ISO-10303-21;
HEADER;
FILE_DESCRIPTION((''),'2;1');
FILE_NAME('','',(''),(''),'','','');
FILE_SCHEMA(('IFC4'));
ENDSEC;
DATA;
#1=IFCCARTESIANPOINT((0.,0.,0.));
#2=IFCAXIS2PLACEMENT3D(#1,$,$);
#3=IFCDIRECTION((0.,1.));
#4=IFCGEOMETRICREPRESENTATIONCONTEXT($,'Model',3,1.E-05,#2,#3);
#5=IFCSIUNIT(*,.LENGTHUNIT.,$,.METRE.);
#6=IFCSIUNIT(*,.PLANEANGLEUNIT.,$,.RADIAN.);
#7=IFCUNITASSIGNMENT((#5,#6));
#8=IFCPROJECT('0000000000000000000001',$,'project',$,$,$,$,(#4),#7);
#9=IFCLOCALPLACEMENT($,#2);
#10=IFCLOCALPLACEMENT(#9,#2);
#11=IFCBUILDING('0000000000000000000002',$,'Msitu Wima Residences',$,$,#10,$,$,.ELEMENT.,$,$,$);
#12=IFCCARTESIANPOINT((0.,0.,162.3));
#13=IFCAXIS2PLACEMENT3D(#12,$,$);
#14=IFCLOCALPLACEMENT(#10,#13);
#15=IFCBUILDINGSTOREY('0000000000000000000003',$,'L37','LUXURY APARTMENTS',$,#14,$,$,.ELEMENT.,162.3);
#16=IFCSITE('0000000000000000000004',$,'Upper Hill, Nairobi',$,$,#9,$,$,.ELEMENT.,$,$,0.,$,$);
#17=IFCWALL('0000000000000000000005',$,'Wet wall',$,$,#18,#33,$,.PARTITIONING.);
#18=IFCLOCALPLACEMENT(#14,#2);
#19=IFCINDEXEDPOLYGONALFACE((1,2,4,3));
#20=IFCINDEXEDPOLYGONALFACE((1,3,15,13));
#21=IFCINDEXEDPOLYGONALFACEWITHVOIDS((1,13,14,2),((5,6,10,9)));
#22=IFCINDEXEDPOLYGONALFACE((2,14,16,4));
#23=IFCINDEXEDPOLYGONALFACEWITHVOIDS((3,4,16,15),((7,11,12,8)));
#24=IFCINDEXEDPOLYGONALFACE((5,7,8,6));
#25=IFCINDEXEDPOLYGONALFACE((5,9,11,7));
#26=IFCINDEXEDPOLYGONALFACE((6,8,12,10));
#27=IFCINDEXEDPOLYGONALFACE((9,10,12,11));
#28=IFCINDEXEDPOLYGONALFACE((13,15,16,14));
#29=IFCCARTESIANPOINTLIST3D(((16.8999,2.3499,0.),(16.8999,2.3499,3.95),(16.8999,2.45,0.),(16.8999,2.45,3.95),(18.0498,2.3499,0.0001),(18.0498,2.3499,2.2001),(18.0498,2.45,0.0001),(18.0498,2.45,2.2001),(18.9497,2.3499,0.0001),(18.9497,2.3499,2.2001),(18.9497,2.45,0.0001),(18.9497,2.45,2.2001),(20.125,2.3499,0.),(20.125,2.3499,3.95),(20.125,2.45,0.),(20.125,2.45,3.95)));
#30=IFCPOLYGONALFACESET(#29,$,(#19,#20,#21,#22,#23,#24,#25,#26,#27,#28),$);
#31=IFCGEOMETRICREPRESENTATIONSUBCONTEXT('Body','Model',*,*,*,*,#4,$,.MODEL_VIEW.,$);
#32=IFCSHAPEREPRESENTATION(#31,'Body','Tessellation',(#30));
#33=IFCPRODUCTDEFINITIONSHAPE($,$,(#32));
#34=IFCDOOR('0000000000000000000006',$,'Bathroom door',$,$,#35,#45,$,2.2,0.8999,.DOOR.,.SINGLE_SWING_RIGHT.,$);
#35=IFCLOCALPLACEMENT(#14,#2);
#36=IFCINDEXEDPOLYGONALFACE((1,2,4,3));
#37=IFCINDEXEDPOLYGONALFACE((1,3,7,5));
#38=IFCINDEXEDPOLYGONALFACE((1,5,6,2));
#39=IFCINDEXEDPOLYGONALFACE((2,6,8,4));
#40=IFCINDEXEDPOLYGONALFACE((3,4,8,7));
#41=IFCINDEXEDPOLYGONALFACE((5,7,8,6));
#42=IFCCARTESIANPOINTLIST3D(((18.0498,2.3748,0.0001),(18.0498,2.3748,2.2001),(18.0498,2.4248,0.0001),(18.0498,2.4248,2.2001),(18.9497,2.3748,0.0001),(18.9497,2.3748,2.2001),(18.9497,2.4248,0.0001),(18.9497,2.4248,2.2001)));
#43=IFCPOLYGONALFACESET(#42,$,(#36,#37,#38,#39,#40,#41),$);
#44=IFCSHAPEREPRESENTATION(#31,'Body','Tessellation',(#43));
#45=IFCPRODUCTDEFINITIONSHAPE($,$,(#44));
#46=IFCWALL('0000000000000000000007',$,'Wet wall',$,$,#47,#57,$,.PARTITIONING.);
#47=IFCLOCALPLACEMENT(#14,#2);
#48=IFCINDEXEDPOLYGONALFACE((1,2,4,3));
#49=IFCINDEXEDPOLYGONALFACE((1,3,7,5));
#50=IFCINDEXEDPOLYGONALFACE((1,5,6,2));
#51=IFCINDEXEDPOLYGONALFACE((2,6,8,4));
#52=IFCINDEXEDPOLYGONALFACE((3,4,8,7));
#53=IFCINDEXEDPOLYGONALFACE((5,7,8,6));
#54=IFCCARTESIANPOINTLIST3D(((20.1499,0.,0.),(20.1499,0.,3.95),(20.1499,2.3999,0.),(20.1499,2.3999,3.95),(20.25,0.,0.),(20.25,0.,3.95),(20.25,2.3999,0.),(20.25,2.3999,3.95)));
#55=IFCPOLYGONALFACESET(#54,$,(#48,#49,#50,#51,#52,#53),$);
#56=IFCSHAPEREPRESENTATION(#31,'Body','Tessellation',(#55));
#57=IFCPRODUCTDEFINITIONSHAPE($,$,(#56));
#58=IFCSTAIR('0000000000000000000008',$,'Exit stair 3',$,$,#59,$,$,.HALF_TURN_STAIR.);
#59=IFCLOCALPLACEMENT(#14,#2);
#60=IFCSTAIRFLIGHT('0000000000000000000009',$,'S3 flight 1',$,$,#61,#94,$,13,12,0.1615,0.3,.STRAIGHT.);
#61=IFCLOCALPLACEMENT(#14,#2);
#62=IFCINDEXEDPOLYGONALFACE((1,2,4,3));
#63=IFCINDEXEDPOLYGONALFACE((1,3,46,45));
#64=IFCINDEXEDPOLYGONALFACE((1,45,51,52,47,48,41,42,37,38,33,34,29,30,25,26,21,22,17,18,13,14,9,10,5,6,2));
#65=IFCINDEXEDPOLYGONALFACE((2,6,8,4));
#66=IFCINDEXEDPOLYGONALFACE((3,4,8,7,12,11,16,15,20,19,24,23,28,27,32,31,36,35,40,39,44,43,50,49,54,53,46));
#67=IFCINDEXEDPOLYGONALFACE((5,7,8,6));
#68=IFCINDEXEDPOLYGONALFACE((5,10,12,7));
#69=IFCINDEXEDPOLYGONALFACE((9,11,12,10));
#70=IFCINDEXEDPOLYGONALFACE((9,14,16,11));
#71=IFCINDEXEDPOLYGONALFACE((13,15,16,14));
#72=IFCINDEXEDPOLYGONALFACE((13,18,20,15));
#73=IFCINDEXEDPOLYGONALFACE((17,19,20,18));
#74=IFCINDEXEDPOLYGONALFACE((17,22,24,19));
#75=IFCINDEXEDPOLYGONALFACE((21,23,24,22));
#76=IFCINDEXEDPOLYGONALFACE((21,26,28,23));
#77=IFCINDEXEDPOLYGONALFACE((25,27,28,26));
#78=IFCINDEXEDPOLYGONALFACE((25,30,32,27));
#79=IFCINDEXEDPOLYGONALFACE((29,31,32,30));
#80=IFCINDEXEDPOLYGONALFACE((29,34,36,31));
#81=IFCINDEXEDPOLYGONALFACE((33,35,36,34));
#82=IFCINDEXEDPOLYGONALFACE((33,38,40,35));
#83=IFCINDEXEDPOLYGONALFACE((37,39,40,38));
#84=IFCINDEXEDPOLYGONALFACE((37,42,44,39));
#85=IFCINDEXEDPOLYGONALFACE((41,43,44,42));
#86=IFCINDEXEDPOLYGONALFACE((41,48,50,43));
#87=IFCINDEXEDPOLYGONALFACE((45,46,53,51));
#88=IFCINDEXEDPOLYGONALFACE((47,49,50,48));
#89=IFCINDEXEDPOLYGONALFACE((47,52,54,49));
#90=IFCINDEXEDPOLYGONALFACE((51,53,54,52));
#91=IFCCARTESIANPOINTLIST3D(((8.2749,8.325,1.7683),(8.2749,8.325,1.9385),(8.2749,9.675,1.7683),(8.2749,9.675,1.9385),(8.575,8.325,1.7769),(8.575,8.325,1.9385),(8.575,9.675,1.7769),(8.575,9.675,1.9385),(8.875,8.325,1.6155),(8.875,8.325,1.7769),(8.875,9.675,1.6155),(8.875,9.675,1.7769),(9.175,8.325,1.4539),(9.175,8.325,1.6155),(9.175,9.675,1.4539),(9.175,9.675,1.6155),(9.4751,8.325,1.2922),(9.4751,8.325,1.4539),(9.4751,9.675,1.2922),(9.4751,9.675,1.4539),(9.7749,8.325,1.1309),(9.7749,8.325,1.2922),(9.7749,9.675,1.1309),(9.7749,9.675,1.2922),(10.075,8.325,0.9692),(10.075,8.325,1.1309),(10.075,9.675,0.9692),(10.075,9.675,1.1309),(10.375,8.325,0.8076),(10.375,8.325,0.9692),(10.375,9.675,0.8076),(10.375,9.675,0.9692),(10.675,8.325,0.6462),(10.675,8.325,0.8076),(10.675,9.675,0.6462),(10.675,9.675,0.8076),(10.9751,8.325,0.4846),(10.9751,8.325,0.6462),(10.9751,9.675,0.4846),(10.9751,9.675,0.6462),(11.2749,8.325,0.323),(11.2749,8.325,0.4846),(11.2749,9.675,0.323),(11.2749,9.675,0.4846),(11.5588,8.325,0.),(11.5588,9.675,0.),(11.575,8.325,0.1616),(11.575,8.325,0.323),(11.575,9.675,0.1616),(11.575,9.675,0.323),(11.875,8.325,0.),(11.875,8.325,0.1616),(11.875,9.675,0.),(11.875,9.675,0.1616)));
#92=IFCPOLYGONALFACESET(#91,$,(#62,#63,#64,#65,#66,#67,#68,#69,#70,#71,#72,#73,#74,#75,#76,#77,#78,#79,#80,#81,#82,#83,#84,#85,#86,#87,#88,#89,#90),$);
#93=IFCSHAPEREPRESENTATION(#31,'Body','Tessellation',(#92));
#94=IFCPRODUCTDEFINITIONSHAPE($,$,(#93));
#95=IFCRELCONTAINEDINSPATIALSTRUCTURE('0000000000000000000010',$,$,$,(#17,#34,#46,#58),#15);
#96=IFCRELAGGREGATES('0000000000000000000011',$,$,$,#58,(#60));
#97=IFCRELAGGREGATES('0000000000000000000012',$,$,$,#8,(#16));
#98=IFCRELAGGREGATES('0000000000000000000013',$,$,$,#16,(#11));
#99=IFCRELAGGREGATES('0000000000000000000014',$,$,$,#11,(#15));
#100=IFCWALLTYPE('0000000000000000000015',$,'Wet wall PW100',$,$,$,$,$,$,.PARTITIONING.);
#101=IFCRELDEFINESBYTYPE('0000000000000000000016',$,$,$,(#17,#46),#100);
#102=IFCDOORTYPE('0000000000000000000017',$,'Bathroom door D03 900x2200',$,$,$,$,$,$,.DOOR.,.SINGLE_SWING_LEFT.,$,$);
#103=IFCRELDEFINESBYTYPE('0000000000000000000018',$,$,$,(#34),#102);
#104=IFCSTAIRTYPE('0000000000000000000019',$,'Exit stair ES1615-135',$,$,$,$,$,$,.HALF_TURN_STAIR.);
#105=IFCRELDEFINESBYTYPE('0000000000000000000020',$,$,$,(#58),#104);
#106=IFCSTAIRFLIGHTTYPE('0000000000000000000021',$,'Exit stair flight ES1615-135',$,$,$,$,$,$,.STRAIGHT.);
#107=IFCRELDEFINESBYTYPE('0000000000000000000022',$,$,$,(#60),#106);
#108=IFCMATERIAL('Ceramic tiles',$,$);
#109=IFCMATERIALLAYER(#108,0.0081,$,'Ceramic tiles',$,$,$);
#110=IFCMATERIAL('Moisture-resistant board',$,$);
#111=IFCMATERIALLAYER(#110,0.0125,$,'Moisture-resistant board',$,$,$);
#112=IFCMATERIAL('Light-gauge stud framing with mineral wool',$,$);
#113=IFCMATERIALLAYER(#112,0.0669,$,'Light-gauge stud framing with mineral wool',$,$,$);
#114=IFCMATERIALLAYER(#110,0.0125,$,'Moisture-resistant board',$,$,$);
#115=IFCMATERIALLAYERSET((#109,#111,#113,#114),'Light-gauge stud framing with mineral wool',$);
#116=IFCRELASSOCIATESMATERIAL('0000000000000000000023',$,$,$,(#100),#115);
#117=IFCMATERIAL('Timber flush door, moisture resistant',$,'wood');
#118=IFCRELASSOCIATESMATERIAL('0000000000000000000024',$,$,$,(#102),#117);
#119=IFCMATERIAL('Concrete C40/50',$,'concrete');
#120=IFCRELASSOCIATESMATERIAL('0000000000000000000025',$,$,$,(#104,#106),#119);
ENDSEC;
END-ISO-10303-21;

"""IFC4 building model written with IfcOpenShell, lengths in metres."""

from ifc_helpers import new_model, si_unit, direction, frame, frame_2d, origin, place, context, subcontext, project, spatial, polyline, rectangle, outline, extrude, material, layer, layer_set, type_object, element, fill, aggregate, save


model = new_model("IFC4")

# Units and contexts
model_context = context("Model", 3, precision=1e-05, world=origin(), true_north=direction((0.0, 1.0)))
body_context = subcontext(model_context, "Body", "Model", "MODEL_VIEW")
ifc_project = project(units=[si_unit("LENGTHUNIT", "METRE"), si_unit("PLANEANGLEUNIT", "RADIAN")], contexts=[model_context])

# Site, building, storey
site_placement = place(None, origin())
site = spatial("IfcSite", under=ifc_project, at=site_placement, Name="Upper Hill, Nairobi", CompositionType="ELEMENT", RefElevation=0.0)
building_placement = place(site_placement, origin())
building = spatial("IfcBuilding", under=site, at=building_placement, Name="Msitu Wima Residences", CompositionType="ELEMENT")
storey_placement = place(building_placement, frame((0.0, 0.0, 162.3)))
storey = spatial("IfcBuildingStorey", under=building, at=storey_placement, Name="L37", Description="LUXURY APARTMENTS", CompositionType="ELEMENT", Elevation=162.3)

# Shared definitions
ifc_material_1 = material(Name="Concrete C40/50", Category="concrete")

# Wall, opening, door
ifc_material_2 = material(Name="Ceramic tiles")
ifc_layer_1 = layer(ifc_material_2, 0.0081, Name="Ceramic tiles")
ifc_material_3 = material(Name="Moisture-resistant board")
ifc_layer_2 = layer(ifc_material_3, 0.0125, Name="Moisture-resistant board")
ifc_material_4 = material(Name="Light-gauge stud framing with mineral wool")
ifc_layer_3 = layer(ifc_material_4, 0.0669, Name="Light-gauge stud framing with mineral wool")
ifc_layer_4 = layer(ifc_material_3, 0.0125, Name="Moisture-resistant board")
ifc_layer_set_1 = layer_set([ifc_layer_1, ifc_layer_2, ifc_layer_3, ifc_layer_4], Name="Light-gauge stud framing with mineral wool")
wall_type_1 = type_object("IfcWallType", Name="Wet wall PW100", PredefinedType="PARTITIONING", material=ifc_layer_set_1)
wall_1_placement = place(storey_placement, frame((16.8999, 2.3999, 0.0), z_axis=(0.0, 0.0, 1.0), x_axis=(1.0, 0.0, 0.0)))
wall_1 = element("IfcWall", 1, at=wall_1_placement, inside=storey, type_object=wall_type_1, Name="Wet wall", PredefinedType="PARTITIONING", context=body_context, shape_type="SweptSolid", body=[
    extrude(rectangle(XDim=3.2251, YDim=0.1001, at=frame_2d((1.6125, 0.0))), origin(), (0.0, 0.0, 1.0), 3.95),
])
opening_1_placement = place(wall_1_placement, frame((1.1499, 0.0, 0.0)))
opening_1 = element("IfcOpeningElement", 2, at=opening_1_placement, cuts=wall_1, PredefinedType="OPENING", context=body_context, shape_type="SweptSolid", body=[
    extrude(rectangle(XDim=0.8999, YDim=2.2, at=frame_2d((0.45, 1.1001))), frame((0.0, 0.0601, 0.0), z_axis=(0.0, -1.0, 0.0), x_axis=(1.0, 0.0, 0.0)), (0.0, 0.0, 1.0), 0.1201),
])
ifc_material_5 = material(Name="Timber flush door, moisture resistant", Category="wood")
door_type_1 = type_object("IfcDoorType", Name="Bathroom door D03 900x2200", OperationType="SINGLE_SWING_LEFT", PredefinedType="DOOR", material=ifc_material_5)
door_1_placement = place(opening_1_placement, origin())
door_1 = element("IfcDoor", 3, at=door_1_placement, inside=storey, type_object=door_type_1, Name="Bathroom door", OperationType="SINGLE_SWING_RIGHT", OverallHeight=2.2, OverallWidth=0.8999, PredefinedType="DOOR", context=body_context, shape_type="SweptSolid", body=[
    extrude(rectangle(XDim=0.8999, YDim=2.2, at=frame_2d((0.45, 1.1001))), frame((0.0, 0.0249, 0.0), z_axis=(0.0, -1.0, 0.0), x_axis=(1.0, 0.0, 0.0)), (0.0, 0.0, 1.0), 0.05),
])
fill(opening_1, door_1)

# Wall
wall_2_placement = place(storey_placement, frame((20.2, 0.0, 0.0), z_axis=(0.0, 0.0, 1.0), x_axis=(0.0, 1.0, 0.0)))
element("IfcWall", 4, at=wall_2_placement, inside=storey, type_object=wall_type_1, Name="Wet wall", PredefinedType="PARTITIONING", context=body_context, shape_type="SweptSolid", body=[
    extrude(rectangle(XDim=2.3999, YDim=0.1001, at=frame_2d((1.2, 0.0))), origin(), (0.0, 0.0, 1.0), 3.95),
])

# Stair, stair flight
stair_type = type_object("IfcStairType", Name="Exit stair ES1615-135", PredefinedType="HALF_TURN_STAIR", material=ifc_material_1)
stair_placement = place(storey_placement, origin())
stair = element("IfcStair", 5, at=stair_placement, inside=storey, type_object=stair_type, Name="Exit stair 3", PredefinedType="HALF_TURN_STAIR")
stair_flight_type = type_object("IfcStairFlightType", Name="Exit stair flight ES1615-135", PredefinedType="STRAIGHT", material=ifc_material_1)
stair_flight_placement = place(storey_placement, frame((11.875, 9.0, 0.0), z_axis=(0.0, 0.0, 1.0), x_axis=(-1.0, 0.0, 0.0)))
stair_flight = element("IfcStairFlight", 6, at=stair_flight_placement, type_object=stair_flight_type, Name="S3 flight 1", NumberOfRisers=13, NumberOfTreads=12, PredefinedType="STRAIGHT", RiserHeight=0.1615, TreadLength=0.3, context=body_context, shape_type="SweptSolid", body=[
    extrude(outline(polyline([(0.0, 0.0), (0.0, 0.1616), (0.3, 0.1616), (0.3, 0.323), (0.6001, 0.323), (0.6001, 0.4846), (0.8999, 0.4846), (0.8999, 0.6462), (1.2, 0.6462), (1.2, 0.8076), (1.5, 0.8076), (1.5, 0.9692), (1.8, 0.9692), (1.8, 1.1309), (2.1001, 1.1309), (2.1001, 1.2922), (2.3999, 1.2922), (2.3999, 1.4539), (2.7, 1.4539), (2.7, 1.6155), (3.0, 1.6155), (3.0, 1.7769), (3.3, 1.7769), (3.3, 1.9385), (3.6001, 1.9385), (3.6001, 2.1001), (3.6001, 1.7683), (0.3162, 0.0), (0.0, 0.0)])), frame((0.0, 0.675, 0.0), z_axis=(0.0, -1.0, 0.0), x_axis=(1.0, 0.0, 0.0)), (0.0, 0.0, 1.0), 1.3501),
])
aggregate(stair, [stair_flight])

save(model, "model.ifc")
